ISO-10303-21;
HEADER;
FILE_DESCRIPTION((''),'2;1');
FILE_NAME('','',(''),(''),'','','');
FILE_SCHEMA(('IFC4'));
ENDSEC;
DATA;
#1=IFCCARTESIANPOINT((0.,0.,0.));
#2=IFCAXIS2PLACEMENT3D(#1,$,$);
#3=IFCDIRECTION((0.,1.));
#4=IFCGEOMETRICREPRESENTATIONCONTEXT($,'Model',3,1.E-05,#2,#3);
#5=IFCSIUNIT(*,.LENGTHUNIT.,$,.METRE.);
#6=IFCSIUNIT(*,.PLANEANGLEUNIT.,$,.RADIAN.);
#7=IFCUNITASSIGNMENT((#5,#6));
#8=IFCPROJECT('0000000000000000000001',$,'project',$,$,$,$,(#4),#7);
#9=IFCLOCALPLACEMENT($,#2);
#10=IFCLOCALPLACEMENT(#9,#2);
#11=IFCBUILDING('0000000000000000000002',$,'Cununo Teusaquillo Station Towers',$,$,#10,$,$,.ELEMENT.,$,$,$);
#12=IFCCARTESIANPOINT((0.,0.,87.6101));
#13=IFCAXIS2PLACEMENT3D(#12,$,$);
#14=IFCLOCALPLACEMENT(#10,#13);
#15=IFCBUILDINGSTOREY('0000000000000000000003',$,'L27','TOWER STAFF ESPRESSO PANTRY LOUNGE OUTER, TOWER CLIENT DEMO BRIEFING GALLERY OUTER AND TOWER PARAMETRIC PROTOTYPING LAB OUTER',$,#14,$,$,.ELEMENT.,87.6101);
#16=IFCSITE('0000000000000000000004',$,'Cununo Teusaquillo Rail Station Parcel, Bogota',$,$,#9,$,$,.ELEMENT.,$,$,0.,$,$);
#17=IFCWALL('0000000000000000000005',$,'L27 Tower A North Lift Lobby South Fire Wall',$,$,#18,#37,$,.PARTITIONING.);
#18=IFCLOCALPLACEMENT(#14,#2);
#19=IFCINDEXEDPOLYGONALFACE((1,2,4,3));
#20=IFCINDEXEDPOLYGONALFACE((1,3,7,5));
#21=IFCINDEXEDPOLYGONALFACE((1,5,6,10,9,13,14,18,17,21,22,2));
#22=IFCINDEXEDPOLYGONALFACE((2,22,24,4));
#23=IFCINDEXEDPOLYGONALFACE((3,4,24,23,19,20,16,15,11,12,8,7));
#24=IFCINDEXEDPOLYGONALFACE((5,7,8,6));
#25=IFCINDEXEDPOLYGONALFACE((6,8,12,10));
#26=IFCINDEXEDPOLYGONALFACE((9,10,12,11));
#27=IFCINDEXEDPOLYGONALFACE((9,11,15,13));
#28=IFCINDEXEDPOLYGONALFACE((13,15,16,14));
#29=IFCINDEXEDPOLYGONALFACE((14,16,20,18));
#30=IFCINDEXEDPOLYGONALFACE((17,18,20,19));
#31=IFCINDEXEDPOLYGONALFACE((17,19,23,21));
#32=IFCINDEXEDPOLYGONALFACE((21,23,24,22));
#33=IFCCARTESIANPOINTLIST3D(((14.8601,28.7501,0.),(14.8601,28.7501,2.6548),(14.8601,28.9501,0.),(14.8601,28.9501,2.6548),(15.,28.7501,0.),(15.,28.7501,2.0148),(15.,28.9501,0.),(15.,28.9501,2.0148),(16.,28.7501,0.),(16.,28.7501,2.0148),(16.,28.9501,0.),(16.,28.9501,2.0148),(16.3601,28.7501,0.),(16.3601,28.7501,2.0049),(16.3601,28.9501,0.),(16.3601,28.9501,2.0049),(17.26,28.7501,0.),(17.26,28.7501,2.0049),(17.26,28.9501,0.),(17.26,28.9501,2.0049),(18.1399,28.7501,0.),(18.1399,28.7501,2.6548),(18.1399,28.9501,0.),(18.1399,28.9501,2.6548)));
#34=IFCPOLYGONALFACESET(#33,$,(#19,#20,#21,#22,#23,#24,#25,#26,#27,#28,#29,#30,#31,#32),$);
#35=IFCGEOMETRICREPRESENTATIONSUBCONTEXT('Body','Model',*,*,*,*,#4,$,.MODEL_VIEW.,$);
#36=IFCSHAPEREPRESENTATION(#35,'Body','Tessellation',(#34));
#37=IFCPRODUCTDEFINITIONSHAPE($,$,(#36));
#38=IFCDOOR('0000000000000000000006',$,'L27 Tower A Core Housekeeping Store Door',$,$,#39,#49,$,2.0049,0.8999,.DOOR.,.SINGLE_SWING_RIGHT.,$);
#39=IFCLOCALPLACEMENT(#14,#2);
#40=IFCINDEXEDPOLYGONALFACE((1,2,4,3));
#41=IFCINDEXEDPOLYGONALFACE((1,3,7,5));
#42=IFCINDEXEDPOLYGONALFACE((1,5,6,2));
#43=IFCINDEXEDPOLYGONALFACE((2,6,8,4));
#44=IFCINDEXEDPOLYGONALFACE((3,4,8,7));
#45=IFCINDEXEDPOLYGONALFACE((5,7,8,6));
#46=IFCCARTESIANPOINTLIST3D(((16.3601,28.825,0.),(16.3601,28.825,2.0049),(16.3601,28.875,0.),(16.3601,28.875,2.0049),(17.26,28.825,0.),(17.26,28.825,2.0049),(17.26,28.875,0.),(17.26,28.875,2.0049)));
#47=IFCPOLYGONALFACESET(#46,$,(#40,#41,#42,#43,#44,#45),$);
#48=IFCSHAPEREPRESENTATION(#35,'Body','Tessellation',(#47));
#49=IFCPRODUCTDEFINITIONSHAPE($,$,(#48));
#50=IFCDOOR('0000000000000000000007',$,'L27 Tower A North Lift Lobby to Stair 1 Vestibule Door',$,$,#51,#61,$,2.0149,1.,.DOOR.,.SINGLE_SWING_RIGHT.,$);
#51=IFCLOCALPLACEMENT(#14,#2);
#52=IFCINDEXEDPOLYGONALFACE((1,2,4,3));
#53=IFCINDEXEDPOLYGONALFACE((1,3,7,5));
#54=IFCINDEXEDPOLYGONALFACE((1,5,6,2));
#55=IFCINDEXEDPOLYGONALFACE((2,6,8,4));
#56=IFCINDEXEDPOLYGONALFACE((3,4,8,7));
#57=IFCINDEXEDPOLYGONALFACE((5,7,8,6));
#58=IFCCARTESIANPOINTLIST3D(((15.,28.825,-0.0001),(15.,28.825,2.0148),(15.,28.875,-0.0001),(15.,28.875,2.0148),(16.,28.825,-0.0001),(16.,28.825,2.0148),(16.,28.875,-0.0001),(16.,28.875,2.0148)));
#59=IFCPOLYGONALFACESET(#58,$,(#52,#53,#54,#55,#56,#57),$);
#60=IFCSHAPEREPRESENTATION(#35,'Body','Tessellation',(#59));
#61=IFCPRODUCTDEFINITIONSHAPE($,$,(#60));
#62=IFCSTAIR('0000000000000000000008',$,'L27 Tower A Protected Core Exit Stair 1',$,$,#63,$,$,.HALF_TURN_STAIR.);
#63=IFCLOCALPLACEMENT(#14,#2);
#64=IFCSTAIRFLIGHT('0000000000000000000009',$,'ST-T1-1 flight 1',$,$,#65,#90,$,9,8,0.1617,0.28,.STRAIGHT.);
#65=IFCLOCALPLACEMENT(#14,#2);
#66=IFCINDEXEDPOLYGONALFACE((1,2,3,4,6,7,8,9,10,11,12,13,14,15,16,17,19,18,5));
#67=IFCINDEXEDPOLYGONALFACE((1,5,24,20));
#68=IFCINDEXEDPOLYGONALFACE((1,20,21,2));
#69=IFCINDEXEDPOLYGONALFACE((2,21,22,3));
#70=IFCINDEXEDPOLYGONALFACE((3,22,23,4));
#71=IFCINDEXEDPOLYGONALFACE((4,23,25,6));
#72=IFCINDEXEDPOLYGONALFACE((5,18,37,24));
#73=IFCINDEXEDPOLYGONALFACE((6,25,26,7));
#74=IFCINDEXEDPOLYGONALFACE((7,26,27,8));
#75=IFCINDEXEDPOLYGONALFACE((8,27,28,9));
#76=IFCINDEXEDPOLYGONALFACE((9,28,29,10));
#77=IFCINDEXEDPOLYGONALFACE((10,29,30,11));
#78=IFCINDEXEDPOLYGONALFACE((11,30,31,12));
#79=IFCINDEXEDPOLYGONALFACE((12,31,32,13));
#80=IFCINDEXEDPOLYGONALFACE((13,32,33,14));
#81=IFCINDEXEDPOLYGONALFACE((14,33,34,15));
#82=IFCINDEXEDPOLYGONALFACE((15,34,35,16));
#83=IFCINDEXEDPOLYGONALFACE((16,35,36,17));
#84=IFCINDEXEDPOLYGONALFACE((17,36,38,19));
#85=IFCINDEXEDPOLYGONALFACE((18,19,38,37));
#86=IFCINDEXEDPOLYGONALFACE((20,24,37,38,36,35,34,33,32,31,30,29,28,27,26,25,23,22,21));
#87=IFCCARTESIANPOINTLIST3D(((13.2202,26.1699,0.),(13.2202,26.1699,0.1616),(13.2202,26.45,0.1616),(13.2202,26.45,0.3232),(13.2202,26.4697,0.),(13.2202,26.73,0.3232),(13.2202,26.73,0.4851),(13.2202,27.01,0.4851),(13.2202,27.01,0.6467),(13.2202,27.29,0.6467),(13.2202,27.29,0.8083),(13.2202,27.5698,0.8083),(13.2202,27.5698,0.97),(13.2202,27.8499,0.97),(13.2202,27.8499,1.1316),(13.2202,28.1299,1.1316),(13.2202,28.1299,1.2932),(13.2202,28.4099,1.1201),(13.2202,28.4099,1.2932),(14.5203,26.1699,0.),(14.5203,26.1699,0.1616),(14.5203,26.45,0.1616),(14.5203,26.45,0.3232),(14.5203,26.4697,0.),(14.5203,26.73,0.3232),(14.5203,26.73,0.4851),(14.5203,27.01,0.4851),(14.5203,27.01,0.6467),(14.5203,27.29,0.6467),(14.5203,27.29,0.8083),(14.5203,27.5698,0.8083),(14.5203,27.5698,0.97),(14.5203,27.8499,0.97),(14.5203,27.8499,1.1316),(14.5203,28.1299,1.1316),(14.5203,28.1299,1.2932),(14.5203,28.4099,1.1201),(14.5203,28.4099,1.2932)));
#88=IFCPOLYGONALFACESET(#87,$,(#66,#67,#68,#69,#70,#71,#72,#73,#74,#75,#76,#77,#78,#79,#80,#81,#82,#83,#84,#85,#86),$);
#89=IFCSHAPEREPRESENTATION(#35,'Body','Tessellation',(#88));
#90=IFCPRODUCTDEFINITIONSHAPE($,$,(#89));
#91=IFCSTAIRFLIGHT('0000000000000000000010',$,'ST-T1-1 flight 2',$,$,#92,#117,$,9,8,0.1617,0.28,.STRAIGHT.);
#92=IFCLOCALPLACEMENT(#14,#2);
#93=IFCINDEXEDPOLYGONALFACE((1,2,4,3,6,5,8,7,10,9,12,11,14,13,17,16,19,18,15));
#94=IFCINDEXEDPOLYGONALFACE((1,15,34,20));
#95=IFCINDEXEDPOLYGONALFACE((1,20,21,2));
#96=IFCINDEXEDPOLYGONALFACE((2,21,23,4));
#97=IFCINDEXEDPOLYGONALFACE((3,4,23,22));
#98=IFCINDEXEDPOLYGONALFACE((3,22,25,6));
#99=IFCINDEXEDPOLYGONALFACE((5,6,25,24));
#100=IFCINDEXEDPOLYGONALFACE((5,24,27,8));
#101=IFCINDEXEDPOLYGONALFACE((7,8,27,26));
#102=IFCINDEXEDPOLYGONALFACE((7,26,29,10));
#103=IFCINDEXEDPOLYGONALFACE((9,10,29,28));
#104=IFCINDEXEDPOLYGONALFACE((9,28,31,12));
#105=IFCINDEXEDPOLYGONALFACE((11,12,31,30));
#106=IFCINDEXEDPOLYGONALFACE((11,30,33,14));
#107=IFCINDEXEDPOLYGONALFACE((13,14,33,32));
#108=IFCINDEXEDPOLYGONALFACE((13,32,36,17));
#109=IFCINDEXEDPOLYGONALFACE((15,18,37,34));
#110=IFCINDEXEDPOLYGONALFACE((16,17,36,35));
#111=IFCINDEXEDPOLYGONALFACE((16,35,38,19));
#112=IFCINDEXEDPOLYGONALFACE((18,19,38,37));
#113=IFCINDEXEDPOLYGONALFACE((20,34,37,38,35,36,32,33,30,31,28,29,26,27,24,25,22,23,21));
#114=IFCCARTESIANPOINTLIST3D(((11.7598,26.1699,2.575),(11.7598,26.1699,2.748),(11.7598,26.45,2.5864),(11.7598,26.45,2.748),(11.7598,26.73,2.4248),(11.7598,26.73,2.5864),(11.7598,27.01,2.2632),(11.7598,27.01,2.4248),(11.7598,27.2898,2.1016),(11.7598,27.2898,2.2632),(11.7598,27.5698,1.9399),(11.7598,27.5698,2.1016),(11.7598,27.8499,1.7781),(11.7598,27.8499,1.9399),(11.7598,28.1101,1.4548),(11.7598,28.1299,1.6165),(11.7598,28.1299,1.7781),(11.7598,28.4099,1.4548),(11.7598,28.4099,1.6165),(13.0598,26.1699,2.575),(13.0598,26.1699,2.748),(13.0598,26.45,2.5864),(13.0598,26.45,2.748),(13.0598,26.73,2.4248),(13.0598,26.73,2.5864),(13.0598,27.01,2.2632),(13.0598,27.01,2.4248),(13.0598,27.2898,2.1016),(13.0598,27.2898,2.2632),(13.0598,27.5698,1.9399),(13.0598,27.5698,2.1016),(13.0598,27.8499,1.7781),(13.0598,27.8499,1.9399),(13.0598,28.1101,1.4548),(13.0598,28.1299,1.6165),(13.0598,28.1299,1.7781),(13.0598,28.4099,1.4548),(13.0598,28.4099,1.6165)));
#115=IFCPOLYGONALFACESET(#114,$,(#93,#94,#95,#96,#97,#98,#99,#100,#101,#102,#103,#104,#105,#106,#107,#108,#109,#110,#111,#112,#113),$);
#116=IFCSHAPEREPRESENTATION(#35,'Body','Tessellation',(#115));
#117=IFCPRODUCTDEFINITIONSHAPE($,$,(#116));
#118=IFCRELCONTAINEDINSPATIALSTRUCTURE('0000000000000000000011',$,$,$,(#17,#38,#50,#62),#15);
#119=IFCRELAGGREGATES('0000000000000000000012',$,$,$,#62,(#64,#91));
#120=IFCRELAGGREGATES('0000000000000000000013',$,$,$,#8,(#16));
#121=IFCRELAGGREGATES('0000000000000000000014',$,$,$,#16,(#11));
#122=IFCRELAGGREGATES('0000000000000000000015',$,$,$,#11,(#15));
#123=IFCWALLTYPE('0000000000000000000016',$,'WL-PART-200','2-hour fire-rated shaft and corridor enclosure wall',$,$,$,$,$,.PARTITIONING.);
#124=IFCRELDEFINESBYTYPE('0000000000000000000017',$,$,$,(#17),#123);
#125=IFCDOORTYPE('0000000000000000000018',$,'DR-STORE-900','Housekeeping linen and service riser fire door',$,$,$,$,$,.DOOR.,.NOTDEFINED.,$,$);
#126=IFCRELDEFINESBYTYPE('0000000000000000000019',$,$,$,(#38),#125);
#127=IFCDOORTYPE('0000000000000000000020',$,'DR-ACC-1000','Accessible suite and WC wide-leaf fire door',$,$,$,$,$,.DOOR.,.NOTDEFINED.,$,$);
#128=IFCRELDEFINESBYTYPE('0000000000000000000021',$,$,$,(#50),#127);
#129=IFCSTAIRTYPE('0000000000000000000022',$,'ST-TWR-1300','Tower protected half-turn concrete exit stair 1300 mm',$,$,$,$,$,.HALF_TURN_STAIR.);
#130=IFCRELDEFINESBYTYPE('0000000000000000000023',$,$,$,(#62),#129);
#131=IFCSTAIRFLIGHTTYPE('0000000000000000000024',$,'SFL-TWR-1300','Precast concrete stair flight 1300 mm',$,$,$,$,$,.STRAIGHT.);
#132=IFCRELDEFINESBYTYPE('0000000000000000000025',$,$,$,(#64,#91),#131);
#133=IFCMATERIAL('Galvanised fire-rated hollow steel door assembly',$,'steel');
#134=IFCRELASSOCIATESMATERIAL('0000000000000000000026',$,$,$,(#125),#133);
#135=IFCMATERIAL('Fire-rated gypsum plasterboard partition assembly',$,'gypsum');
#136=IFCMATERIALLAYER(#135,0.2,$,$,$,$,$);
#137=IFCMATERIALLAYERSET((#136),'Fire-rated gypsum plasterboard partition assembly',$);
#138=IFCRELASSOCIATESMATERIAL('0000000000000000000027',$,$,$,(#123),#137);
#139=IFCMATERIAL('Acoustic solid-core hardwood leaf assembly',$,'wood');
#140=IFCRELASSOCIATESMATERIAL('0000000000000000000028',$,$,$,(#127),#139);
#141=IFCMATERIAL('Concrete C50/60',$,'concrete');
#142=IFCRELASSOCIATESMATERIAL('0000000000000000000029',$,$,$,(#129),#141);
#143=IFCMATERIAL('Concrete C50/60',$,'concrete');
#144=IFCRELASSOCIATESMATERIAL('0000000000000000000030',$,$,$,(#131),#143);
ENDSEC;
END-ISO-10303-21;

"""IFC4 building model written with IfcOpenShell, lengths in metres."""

from ifc_helpers import new_model, si_unit, direction, frame, frame_2d, origin, place, context, subcontext, project, spatial, polyline, rectangle, outline, extrude, source, transform, mapped, material, layer, layer_set, type_object, element, fill, aggregate, save


model = new_model("IFC4")

# Units and contexts
model_context = context("Model", 3, precision=1e-05, world=origin(), true_north=direction((0.0, 1.0)))
body_context = subcontext(model_context, "Body", "Model", "MODEL_VIEW")
ifc_project = project(units=[si_unit("LENGTHUNIT", "METRE"), si_unit("PLANEANGLEUNIT", "RADIAN")], contexts=[model_context])

# Site, building, storey
site_placement = place(None, origin())
site = spatial("IfcSite", under=ifc_project, at=site_placement, Name="Cununo Teusaquillo Rail Station Parcel, Bogota", CompositionType="ELEMENT", RefElevation=0.0)
building_placement = place(site_placement, origin())
building = spatial("IfcBuilding", under=site, at=building_placement, Name="Cununo Teusaquillo Station Towers", CompositionType="ELEMENT")
storey_placement = place(building_placement, frame((0.0, 0.0, 87.6101)))
storey = spatial("IfcBuildingStorey", under=building, at=storey_placement, Name="L27", Description="TOWER STAFF ESPRESSO PANTRY LOUNGE OUTER, TOWER CLIENT DEMO BRIEFING GALLERY OUTER AND TOWER PARAMETRIC PROTOTYPING LAB OUTER", CompositionType="ELEMENT", Elevation=87.6101)

# Shared definitions
ifc_material_1 = material(Name="Galvanised fire-rated hollow steel door assembly", Category="steel")
door_type_1 = type_object("IfcDoorType", Name="DR-STORE-900", Description="Housekeeping linen and service riser fire door", OperationType="NOTDEFINED", PredefinedType="DOOR", material=ifc_material_1)
shared_shape_1 = source(origin(), body_context, "Body", "SweptSolid", [
    extrude(rectangle(XDim=0.8999, YDim=2.0049, at=frame_2d((0.45, 1.0024))), frame((0.0, 0.0249, 0.0), z_axis=(0.0, -1.0, 0.0), x_axis=(1.0, 0.0, 0.0)), (0.0, 0.0, 1.0), 0.05),
])

# Shared definitions
ifc_material_2 = material(Name="Fire-rated gypsum plasterboard partition assembly", Category="gypsum")
ifc_layer_1 = layer(ifc_material_2, 0.2)
ifc_layer_set_1 = layer_set([ifc_layer_1], Name="Fire-rated gypsum plasterboard partition assembly")
wall_type_1 = type_object("IfcWallType", Name="WL-PART-200", Description="2-hour fire-rated shaft and corridor enclosure wall", PredefinedType="PARTITIONING", material=ifc_layer_set_1)
shared_shape_2 = source(origin(), body_context, "Body", "SweptSolid", [
    extrude(rectangle(XDim=0.8999, YDim=2.0049, at=frame_2d((0.45, 1.0024))), frame((0.0, 0.1099, 0.0), z_axis=(0.0, -1.0, 0.0), x_axis=(1.0, 0.0, 0.0)), (0.0, 0.0, 1.0), 0.22),
])

# Wall, openings, doors
wall_1_placement = place(storey_placement, frame((14.8601, 28.8501, 0.0), z_axis=(0.0, 0.0, 1.0), x_axis=(1.0, 0.0, 0.0)))
wall_1 = element("IfcWall", 1, at=wall_1_placement, inside=storey, type_object=wall_type_1, Name="L27 Tower A North Lift Lobby South Fire Wall", PredefinedType="PARTITIONING", context=body_context, shape_type="SweptSolid", body=[
    extrude(rectangle(XDim=3.2798, YDim=0.2, at=frame_2d((1.6399, 0.0))), origin(), (0.0, 0.0, 1.0), 2.6548),
])
shared_shape_3 = source(origin(), body_context, "Body", "SweptSolid", [
    extrude(rectangle(XDim=1.0, YDim=2.0149, at=frame_2d((0.5, 1.0073))), frame((0.0, 0.1099, 0.0), z_axis=(0.0, -1.0, 0.0), x_axis=(1.0, 0.0, 0.0)), (0.0, 0.0, 1.0), 0.22),
])
opening_1_placement = place(wall_1_placement, frame((0.1399, 0.0, 0.0)))
opening_1 = element("IfcOpeningElement", 2, at=opening_1_placement, cuts=wall_1, PredefinedType="OPENING", context=body_context, shape_type="MappedRepresentation", body=[
    mapped(shared_shape_3, transform((0.0, 0.0, 0.0), x_axis=(1.0, 0.0, 0.0), y_axis=(0.0, 1.0, 0.0), z_axis=(0.0, 0.0, 1.0), scale=1.0)),
])
opening_2_placement = place(wall_1_placement, frame((1.5, 0.0, 0.0)))
opening_2 = element("IfcOpeningElement", 3, at=opening_2_placement, cuts=wall_1, PredefinedType="OPENING", context=body_context, shape_type="MappedRepresentation", body=[
    mapped(shared_shape_2, transform((0.0, 0.0, 0.0), x_axis=(1.0, 0.0, 0.0), y_axis=(0.0, 1.0, 0.0), z_axis=(0.0, 0.0, 1.0), scale=1.0)),
])
door_1_placement = place(opening_2_placement, origin())
door_1 = element("IfcDoor", 4, at=door_1_placement, inside=storey, type_object=door_type_1, Name="L27 Tower A Core Housekeeping Store Door", OperationType="SINGLE_SWING_RIGHT", OverallHeight=2.0049, OverallWidth=0.8999, PredefinedType="DOOR", context=body_context, shape_type="MappedRepresentation", body=[
    mapped(shared_shape_1, transform((0.0, 0.0, 0.0), x_axis=(1.0, 0.0, 0.0), y_axis=(0.0, 1.0, 0.0), z_axis=(0.0, 0.0, 1.0), scale=1.0)),
])
fill(opening_2, door_1)
ifc_material_3 = material(Name="Acoustic solid-core hardwood leaf assembly", Category="wood")
door_type_2 = type_object("IfcDoorType", Name="DR-ACC-1000", Description="Accessible suite and WC wide-leaf fire door", OperationType="NOTDEFINED", PredefinedType="DOOR", material=ifc_material_3)
shared_shape_4 = source(origin(), body_context, "Body", "SweptSolid", [
    extrude(rectangle(XDim=1.0, YDim=2.0149, at=frame_2d((0.5, 1.0073))), frame((0.0, 0.0249, 0.0), z_axis=(0.0, -1.0, 0.0), x_axis=(1.0, 0.0, 0.0)), (0.0, 0.0, 1.0), 0.05),
])
door_2_placement = place(opening_1_placement, origin())
door_2 = element("IfcDoor", 5, at=door_2_placement, inside=storey, type_object=door_type_2, Name="L27 Tower A North Lift Lobby to Stair 1 Vestibule Door", OperationType="SINGLE_SWING_RIGHT", OverallHeight=2.0149, OverallWidth=1.0, PredefinedType="DOOR", context=body_context, shape_type="MappedRepresentation", body=[
    mapped(shared_shape_4, transform((0.0, 0.0, 0.0), x_axis=(1.0, 0.0, 0.0), y_axis=(0.0, 1.0, 0.0), z_axis=(0.0, 0.0, 1.0), scale=1.0)),
])
fill(opening_1, door_2)

# Stair, stair flights
ifc_material_4 = material(Name="Concrete C50/60", Category="concrete")
stair_type = type_object("IfcStairType", Name="ST-TWR-1300", Description="Tower protected half-turn concrete exit stair 1300 mm", PredefinedType="HALF_TURN_STAIR", material=ifc_material_4)
stair_placement = place(storey_placement, origin())
stair = element("IfcStair", 6, at=stair_placement, inside=storey, type_object=stair_type, Name="L27 Tower A Protected Core Exit Stair 1", PredefinedType="HALF_TURN_STAIR")
ifc_material_5 = material(Name="Concrete C50/60", Category="concrete")
stair_flight_type = type_object("IfcStairFlightType", Name="SFL-TWR-1300", Description="Precast concrete stair flight 1300 mm", PredefinedType="STRAIGHT", material=ifc_material_5)
stair_flight_1_placement = place(storey_placement, frame((13.8701, 26.1699, 0.0), z_axis=(0.0, 0.0, 1.0), x_axis=(0.0, 1.0, 0.0)))
stair_flight_1 = element("IfcStairFlight", 7, at=stair_flight_1_placement, type_object=stair_flight_type, Name="ST-T1-1 flight 1", NumberOfRisers=9, NumberOfTreads=8, PredefinedType="STRAIGHT", RiserHeight=0.1617, TreadLength=0.28, context=body_context, shape_type="SweptSolid", body=[
    extrude(outline(polyline([(0.0, 0.0), (0.0, 0.1616), (0.28, 0.1616), (0.28, 0.3232), (0.5601, 0.3232), (0.5601, 0.4851), (0.8401, 0.4851), (0.8401, 0.6467), (1.1201, 0.6467), (1.1201, 0.8083), (1.3999, 0.8083), (1.3999, 0.97), (1.6799, 0.97), (1.6799, 1.1316), (1.96, 1.1316), (1.96, 1.2932), (2.24, 1.2932), (2.24, 1.4551), (2.24, 1.1201), (0.2998, 0.0), (0.0, 0.0)])), frame((0.0, 0.6499, 0.0), z_axis=(0.0, -1.0, 0.0), x_axis=(1.0, 0.0, 0.0)), (0.0, 0.0, 1.0), 1.3),
])
stair_flight_2_placement = place(storey_placement, frame((12.4099, 28.4099, 1.4548), z_axis=(0.0, 0.0, 1.0), x_axis=(0.0, -1.0, 0.0)))
stair_flight_2 = element("IfcStairFlight", 8, at=stair_flight_2_placement, type_object=stair_flight_type, Name="ST-T1-1 flight 2", NumberOfRisers=9, NumberOfTreads=8, PredefinedType="STRAIGHT", RiserHeight=0.1617, TreadLength=0.28, context=body_context, shape_type="SweptSolid", body=[
    extrude(outline(polyline([(0.0, 0.0), (0.0, 0.1616), (0.28, 0.1616), (0.28, 0.3232), (0.5601, 0.3232), (0.5601, 0.4851), (0.8401, 0.4851), (0.8401, 0.6467), (1.1201, 0.6467), (1.1201, 0.8083), (1.3999, 0.8083), (1.3999, 0.97), (1.6799, 0.97), (1.6799, 1.1316), (1.96, 1.1316), (1.96, 1.2932), (2.24, 1.2932), (2.24, 1.4551), (2.24, 1.1201), (0.2998, 0.0), (0.0, 0.0)])), frame((0.0, 0.6499, 0.0), z_axis=(0.0, -1.0, 0.0), x_axis=(1.0, 0.0, 0.0)), (0.0, 0.0, 1.0), 1.3),
])
aggregate(stair, [stair_flight_1, stair_flight_2])

save(model, "model.ifc")
